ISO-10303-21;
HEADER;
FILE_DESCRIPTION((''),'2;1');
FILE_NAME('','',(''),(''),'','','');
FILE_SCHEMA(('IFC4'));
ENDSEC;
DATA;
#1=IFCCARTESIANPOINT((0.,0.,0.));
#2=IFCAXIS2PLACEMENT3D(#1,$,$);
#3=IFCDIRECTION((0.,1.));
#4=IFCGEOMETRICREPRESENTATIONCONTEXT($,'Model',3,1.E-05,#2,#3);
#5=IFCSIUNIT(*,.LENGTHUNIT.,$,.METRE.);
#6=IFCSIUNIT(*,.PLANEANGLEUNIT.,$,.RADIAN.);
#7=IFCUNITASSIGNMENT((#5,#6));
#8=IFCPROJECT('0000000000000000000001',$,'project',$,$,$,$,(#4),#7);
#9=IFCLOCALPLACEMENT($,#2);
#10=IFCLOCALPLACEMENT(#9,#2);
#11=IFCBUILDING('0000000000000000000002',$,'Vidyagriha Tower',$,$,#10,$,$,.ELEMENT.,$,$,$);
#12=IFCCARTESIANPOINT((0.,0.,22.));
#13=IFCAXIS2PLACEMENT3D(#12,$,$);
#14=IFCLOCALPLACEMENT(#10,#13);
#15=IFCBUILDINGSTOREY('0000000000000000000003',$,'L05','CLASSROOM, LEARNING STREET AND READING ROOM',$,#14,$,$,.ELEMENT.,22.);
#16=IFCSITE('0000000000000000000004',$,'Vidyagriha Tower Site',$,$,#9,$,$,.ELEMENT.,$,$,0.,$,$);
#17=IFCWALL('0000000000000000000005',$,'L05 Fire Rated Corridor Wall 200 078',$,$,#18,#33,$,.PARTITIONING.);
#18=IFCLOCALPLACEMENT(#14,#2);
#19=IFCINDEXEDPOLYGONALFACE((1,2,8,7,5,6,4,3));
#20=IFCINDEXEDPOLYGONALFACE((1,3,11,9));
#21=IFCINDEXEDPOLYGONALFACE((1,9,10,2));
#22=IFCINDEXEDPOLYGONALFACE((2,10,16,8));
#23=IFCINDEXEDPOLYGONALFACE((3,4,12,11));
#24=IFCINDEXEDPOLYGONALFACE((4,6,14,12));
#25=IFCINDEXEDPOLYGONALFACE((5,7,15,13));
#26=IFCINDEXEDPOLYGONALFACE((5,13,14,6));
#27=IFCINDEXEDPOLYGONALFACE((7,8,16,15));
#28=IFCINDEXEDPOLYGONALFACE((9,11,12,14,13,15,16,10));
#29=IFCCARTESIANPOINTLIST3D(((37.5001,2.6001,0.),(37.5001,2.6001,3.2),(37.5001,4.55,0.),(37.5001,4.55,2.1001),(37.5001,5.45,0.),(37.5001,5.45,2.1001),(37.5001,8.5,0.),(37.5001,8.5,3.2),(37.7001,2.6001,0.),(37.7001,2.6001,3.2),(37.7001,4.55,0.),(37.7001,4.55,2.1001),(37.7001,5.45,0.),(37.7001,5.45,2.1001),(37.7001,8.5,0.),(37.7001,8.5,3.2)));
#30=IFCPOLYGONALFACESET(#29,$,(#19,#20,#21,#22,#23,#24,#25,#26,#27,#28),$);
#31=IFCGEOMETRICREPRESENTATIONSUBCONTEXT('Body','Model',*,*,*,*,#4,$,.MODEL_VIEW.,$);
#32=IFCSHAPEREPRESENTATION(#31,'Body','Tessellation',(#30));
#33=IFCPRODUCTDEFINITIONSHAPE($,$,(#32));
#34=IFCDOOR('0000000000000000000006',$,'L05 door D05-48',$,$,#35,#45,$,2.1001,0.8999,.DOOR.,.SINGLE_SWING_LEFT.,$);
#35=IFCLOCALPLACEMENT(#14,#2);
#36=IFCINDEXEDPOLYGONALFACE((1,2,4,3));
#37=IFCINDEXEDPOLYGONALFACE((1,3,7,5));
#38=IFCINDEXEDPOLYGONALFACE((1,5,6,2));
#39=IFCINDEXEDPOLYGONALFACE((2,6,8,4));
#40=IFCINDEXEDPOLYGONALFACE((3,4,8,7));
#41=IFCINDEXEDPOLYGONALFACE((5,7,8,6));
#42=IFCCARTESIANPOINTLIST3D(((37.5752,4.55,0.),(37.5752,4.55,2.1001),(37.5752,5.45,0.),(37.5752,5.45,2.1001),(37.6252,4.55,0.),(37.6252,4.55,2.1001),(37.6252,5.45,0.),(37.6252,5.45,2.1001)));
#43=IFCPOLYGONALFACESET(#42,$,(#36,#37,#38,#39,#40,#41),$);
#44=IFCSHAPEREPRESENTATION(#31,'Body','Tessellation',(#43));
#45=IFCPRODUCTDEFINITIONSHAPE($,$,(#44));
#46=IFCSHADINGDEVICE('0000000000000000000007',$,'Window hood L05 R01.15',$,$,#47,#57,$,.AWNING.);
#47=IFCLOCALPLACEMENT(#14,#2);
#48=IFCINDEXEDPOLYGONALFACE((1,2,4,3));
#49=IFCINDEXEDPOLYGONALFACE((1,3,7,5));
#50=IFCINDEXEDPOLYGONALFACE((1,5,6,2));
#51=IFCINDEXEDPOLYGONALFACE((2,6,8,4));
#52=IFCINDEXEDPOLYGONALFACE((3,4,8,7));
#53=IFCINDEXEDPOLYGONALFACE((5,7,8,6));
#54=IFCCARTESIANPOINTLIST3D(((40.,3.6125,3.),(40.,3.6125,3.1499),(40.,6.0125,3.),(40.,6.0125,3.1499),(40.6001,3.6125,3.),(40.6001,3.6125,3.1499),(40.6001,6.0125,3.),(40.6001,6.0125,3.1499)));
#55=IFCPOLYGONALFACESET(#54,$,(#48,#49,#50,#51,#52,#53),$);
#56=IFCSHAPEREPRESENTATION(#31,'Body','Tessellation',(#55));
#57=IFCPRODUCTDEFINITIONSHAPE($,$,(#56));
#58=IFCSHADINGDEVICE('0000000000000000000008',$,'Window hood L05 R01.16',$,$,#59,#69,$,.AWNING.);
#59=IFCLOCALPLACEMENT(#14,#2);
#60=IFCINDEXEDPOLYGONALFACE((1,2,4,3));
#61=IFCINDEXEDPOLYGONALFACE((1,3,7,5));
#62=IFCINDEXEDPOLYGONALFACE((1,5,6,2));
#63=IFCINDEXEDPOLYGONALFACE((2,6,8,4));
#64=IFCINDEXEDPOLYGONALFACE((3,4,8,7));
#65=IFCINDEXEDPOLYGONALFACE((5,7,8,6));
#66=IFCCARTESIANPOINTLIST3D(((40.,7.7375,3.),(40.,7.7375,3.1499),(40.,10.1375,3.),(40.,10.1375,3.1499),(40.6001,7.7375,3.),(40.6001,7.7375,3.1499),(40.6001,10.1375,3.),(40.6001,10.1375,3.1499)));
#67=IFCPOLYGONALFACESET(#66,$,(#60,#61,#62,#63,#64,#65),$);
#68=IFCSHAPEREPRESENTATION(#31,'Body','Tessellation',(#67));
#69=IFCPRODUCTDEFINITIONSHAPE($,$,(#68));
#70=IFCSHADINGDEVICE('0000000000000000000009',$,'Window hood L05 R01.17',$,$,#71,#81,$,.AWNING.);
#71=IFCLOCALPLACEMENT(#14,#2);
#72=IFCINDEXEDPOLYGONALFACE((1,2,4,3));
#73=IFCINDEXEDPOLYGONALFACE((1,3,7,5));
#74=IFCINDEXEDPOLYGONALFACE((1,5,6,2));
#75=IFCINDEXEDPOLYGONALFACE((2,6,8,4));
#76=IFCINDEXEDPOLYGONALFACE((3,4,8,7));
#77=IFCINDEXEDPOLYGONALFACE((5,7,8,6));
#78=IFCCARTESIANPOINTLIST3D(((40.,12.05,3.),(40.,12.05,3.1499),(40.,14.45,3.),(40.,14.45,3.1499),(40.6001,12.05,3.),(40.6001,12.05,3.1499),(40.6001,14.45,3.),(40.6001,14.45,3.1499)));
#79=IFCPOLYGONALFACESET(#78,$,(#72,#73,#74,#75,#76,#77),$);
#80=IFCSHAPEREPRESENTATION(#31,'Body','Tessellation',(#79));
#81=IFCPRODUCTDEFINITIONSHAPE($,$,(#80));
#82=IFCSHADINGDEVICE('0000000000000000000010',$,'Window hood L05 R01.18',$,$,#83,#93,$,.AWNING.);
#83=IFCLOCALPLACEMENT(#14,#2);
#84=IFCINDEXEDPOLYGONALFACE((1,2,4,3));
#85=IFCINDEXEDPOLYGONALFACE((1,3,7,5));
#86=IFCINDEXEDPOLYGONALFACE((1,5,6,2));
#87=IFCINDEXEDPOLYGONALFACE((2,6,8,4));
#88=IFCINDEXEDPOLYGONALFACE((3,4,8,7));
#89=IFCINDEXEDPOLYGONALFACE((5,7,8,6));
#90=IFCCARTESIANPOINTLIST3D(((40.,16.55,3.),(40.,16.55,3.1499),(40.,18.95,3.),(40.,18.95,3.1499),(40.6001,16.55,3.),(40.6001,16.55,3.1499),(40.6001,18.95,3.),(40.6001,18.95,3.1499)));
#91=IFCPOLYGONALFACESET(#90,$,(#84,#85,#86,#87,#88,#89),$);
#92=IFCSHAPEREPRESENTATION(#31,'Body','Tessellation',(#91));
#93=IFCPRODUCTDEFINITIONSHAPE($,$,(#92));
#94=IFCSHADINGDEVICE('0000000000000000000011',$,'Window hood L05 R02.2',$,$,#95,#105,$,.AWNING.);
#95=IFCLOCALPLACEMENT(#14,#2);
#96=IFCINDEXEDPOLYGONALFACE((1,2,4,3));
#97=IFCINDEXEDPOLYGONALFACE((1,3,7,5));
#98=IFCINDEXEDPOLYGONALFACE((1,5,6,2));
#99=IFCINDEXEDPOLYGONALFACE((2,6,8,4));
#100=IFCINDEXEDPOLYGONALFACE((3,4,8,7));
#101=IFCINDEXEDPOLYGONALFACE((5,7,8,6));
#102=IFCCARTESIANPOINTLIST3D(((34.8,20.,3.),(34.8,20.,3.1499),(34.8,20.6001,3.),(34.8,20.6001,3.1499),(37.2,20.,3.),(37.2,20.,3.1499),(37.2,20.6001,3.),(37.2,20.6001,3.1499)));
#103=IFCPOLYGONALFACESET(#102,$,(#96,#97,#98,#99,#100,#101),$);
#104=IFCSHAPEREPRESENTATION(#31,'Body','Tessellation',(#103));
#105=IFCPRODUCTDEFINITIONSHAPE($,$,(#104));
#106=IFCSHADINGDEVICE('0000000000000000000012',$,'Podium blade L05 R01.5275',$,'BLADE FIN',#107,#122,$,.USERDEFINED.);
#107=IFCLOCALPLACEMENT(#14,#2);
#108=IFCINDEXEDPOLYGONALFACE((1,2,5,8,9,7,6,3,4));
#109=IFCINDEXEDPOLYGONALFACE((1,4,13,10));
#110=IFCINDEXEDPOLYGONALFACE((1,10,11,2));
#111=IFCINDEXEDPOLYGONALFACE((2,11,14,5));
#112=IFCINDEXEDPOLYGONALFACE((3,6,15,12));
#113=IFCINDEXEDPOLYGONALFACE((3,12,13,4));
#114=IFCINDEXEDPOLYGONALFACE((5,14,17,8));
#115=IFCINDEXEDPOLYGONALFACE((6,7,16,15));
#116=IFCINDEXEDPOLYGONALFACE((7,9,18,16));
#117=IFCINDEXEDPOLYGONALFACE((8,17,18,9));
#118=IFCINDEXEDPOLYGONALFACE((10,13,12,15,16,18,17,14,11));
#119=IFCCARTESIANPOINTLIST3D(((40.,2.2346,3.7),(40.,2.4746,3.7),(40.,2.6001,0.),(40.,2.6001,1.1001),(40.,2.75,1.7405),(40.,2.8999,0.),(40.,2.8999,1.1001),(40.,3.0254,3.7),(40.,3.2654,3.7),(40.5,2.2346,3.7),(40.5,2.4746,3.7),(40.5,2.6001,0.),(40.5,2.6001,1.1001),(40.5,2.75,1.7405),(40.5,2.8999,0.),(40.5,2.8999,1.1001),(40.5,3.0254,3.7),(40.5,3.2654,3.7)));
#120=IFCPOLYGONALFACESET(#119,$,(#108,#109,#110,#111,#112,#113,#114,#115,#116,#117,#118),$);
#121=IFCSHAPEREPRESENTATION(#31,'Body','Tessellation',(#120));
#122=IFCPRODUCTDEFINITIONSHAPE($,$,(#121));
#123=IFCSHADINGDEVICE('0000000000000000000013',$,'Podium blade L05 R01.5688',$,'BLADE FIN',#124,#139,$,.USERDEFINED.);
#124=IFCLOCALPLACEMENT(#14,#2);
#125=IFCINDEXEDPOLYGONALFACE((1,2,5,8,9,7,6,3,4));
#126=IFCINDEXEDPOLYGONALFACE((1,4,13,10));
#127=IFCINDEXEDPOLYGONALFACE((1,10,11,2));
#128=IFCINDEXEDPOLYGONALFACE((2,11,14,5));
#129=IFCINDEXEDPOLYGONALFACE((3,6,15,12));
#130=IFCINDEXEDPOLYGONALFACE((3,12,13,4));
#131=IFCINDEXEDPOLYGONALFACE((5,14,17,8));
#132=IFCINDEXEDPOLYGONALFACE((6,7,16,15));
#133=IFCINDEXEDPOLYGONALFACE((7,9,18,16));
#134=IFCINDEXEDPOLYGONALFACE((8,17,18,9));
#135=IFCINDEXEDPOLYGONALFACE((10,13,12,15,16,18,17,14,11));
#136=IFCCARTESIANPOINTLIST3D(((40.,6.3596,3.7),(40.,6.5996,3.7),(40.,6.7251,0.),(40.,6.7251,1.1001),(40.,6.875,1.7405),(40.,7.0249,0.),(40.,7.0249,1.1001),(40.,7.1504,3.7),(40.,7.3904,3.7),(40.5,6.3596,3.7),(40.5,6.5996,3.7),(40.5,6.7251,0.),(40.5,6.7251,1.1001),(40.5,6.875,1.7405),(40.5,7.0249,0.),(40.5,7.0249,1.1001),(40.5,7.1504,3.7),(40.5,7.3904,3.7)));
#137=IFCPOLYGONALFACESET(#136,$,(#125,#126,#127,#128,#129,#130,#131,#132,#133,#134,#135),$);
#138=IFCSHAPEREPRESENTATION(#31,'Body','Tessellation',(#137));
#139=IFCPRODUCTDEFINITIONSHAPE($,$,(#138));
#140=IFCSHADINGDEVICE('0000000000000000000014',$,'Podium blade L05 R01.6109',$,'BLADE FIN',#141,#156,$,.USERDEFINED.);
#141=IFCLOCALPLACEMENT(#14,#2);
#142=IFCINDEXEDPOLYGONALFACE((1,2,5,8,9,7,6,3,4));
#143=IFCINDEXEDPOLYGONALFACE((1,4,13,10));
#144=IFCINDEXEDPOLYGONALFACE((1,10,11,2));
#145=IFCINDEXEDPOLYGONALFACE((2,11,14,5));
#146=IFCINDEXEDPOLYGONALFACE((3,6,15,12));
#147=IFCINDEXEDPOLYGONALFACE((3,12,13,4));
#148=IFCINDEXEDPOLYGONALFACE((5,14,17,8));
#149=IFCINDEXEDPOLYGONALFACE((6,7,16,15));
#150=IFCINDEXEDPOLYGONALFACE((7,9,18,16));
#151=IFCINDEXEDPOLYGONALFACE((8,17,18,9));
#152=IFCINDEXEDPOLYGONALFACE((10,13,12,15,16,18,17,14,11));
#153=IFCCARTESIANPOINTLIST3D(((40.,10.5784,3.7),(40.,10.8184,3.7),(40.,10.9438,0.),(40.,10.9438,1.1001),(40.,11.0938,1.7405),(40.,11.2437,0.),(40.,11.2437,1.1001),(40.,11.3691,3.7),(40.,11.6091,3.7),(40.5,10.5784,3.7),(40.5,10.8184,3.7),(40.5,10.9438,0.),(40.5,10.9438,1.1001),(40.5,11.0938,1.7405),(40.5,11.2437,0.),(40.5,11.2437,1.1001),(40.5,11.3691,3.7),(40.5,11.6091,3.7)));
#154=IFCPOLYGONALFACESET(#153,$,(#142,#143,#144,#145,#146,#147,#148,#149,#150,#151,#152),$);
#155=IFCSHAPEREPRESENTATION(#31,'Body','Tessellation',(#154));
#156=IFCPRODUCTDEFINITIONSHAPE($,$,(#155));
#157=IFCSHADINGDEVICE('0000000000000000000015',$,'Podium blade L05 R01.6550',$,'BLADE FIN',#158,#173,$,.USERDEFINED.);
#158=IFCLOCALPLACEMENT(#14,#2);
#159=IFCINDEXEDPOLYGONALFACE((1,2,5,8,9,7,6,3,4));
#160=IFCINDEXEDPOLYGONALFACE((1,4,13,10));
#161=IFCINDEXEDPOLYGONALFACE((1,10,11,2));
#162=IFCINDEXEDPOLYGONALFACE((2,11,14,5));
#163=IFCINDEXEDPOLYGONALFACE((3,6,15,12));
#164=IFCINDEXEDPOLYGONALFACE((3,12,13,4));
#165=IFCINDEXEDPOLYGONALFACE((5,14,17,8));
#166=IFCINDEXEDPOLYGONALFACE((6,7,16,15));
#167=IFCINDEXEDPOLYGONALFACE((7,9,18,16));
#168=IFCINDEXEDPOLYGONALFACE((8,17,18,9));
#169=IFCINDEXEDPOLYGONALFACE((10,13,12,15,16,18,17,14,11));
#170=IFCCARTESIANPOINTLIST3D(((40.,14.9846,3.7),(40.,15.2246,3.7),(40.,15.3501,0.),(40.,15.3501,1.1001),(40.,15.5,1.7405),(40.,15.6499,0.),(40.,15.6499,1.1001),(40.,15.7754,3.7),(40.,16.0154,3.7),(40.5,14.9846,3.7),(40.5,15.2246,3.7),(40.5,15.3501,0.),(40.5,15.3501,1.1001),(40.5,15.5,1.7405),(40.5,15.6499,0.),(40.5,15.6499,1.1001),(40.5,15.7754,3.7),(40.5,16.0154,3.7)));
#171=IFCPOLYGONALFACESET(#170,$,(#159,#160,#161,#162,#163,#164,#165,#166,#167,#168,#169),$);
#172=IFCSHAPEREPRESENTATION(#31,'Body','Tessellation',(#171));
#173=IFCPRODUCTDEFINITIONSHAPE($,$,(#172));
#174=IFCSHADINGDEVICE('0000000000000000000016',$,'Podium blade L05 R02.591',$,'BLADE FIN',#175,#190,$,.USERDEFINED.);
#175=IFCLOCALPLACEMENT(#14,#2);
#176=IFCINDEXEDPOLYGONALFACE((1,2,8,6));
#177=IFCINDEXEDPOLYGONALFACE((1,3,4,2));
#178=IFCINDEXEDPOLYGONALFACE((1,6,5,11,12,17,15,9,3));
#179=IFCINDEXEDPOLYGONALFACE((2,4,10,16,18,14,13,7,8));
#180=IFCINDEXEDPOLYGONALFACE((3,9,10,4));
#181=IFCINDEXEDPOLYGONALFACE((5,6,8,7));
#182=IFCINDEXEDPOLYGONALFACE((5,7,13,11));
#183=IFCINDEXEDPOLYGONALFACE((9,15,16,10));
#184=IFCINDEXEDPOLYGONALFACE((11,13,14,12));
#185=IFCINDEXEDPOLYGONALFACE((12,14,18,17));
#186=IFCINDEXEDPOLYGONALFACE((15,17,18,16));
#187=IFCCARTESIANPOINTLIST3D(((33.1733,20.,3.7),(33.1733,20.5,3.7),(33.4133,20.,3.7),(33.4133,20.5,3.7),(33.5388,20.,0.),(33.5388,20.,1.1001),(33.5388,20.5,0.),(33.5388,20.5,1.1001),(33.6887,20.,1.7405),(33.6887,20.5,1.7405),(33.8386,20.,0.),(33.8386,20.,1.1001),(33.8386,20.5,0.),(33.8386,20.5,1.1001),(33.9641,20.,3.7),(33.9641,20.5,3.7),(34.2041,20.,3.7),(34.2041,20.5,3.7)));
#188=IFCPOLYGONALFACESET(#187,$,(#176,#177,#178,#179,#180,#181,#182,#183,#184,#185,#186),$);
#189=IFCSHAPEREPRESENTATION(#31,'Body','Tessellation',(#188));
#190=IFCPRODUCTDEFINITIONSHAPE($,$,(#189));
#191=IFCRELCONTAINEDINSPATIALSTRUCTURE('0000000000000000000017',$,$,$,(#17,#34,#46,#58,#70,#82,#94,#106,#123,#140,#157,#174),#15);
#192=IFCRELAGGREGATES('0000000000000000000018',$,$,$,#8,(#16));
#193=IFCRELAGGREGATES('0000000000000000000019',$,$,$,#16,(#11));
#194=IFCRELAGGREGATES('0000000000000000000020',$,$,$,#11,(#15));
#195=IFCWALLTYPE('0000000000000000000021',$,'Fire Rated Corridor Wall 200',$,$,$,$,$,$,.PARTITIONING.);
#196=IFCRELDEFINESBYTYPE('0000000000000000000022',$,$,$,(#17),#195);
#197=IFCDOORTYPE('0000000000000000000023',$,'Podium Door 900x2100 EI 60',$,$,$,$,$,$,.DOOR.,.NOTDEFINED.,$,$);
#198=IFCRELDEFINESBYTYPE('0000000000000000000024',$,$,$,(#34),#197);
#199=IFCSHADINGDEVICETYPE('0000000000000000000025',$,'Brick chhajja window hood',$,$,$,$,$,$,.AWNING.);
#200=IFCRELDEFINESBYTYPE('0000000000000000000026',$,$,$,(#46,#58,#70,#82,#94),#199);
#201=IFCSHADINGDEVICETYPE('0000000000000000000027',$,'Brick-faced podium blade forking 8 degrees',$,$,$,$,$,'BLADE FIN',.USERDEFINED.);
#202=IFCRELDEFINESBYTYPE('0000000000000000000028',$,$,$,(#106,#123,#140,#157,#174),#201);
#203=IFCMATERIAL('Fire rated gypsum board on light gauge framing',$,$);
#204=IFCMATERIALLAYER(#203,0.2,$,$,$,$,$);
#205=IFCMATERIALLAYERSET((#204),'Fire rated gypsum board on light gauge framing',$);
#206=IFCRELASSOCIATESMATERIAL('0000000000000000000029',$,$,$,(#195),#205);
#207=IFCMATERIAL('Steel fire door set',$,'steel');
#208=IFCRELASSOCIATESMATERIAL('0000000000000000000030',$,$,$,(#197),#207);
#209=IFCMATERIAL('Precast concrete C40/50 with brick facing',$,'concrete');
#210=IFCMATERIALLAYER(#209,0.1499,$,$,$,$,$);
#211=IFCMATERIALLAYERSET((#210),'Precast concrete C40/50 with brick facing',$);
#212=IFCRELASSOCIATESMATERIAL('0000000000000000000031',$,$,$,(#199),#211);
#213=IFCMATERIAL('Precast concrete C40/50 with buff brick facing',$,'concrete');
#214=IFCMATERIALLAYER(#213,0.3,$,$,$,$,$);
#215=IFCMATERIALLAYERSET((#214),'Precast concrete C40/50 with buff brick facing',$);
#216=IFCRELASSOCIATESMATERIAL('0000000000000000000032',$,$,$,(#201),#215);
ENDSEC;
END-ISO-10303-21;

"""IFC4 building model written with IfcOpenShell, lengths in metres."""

from ifc_helpers import new_model, si_unit, direction, frame, frame_2d, origin, origin_2d, place, context, subcontext, project, spatial, polyline, rectangle, outline, extrude, material, layer, layer_set, type_object, element, fill, save


model = new_model("IFC4")

# Units and contexts
model_context = context("Model", 3, precision=1e-05, world=origin(), true_north=direction((0.0, 1.0)))
body_context = subcontext(model_context, "Body", "Model", "MODEL_VIEW")
ifc_project = project(units=[si_unit("LENGTHUNIT", "METRE"), si_unit("PLANEANGLEUNIT", "RADIAN")], contexts=[model_context])

# Site, building, storey
site_placement = place(None, origin())
site = spatial("IfcSite", under=ifc_project, at=site_placement, Name="Vidyagriha Tower Site", CompositionType="ELEMENT", RefElevation=0.0)
building_placement = place(site_placement, origin())
building = spatial("IfcBuilding", under=site, at=building_placement, Name="Vidyagriha Tower", CompositionType="ELEMENT")
storey_placement = place(building_placement, frame((0.0, 0.0, 22.0)))
storey = spatial("IfcBuildingStorey", under=building, at=storey_placement, Name="L05", Description="CLASSROOM, LEARNING STREET AND READING ROOM", CompositionType="ELEMENT", Elevation=22.0)

# Shared definitions
ifc_material_1 = material(Name="Fire rated gypsum board on light gauge framing")
ifc_layer_1 = layer(ifc_material_1, 0.2)
ifc_layer_set_1 = layer_set([ifc_layer_1], Name="Fire rated gypsum board on light gauge framing")
wall_type_1 = type_object("IfcWallType", Name="Fire Rated Corridor Wall 200", PredefinedType="PARTITIONING", material=ifc_layer_set_1)

# Wall, opening, door
wall_1_placement = place(storey_placement, frame((37.6001, 2.6001, 0.0), z_axis=(0.0, 0.0, 1.0), x_axis=(0.0, 1.0, 0.0)))
wall_1 = element("IfcWall", 1, at=wall_1_placement, inside=storey, type_object=wall_type_1, Name="L05 Fire Rated Corridor Wall 200 078", PredefinedType="PARTITIONING", context=body_context, shape_type="SweptSolid", body=[
    extrude(rectangle(XDim=5.8999, YDim=0.2, at=frame_2d((2.95, 0.0))), origin(), (0.0, 0.0, 1.0), 3.2),
])
opening_1_placement = place(wall_1_placement, frame((1.95, 0.0, 0.0)))
opening_1 = element("IfcOpeningElement", 2, at=opening_1_placement, cuts=wall_1, PredefinedType="OPENING", context=body_context, shape_type="SweptSolid", body=[
    extrude(rectangle(XDim=0.8999, YDim=2.1001, at=frame_2d((0.45, 1.05))), frame((0.0, 0.1099, 0.0), z_axis=(0.0, -1.0, 0.0), x_axis=(1.0, 0.0, 0.0)), (0.0, 0.0, 1.0), 0.22),
])
ifc_material_2 = material(Name="Steel fire door set", Category="steel")
door_type = type_object("IfcDoorType", Name="Podium Door 900x2100 EI 60", OperationType="NOTDEFINED", PredefinedType="DOOR", material=ifc_material_2)
door_placement = place(opening_1_placement, origin())
door = element("IfcDoor", 3, at=door_placement, inside=storey, type_object=door_type, Name="L05 door D05-48", OperationType="SINGLE_SWING_LEFT", OverallHeight=2.1001, OverallWidth=0.8999, PredefinedType="DOOR", context=body_context, shape_type="SweptSolid", body=[
    extrude(rectangle(XDim=0.8999, YDim=2.1001, at=frame_2d((0.45, 1.05))), frame((0.0, 0.0249, 0.0), z_axis=(0.0, -1.0, 0.0), x_axis=(1.0, 0.0, 0.0)), (0.0, 0.0, 1.0), 0.05),
])
fill(opening_1, door)

# Shading devices
ifc_material_3 = material(Name="Precast concrete C40/50 with brick facing", Category="concrete")
ifc_layer_2 = layer(ifc_material_3, 0.1499)
ifc_layer_set_2 = layer_set([ifc_layer_2], Name="Precast concrete C40/50 with brick facing")
shading_device_type_1 = type_object("IfcShadingDeviceType", Name="Brick chhajja window hood", PredefinedType="AWNING", material=ifc_layer_set_2)
for number, where, z_axis, x_axis, name in (
    (4, (40.3, 4.8125, 3.0), (0.0, 0.0, 1.0), (0.0, 1.0, 0.0), "Window hood L05 R01.15"),
    (5, (40.3, 8.9375, 3.0), (0.0, 0.0, 1.0), (0.0, 1.0, 0.0), "Window hood L05 R01.16"),
    (6, (40.3, 13.25, 3.0), (0.0, 0.0, 1.0), (0.0, 1.0, 0.0), "Window hood L05 R01.17"),
    (7, (40.3, 17.75, 3.0), (0.0, 0.0, 1.0), (0.0, 1.0, 0.0), "Window hood L05 R01.18"),
    (8, (36.0, 20.3, 3.0), (0.0, 0.0, 1.0), (-1.0, 0.0, 0.0), "Window hood L05 R02.2"),
):
    element("IfcShadingDevice", number, at=place(storey_placement, frame(where, z_axis=z_axis, x_axis=x_axis)), inside=storey, type_object=shading_device_type_1, Name=name, PredefinedType="AWNING", context=body_context, shape_type="SweptSolid", body=[
        extrude(rectangle(XDim=2.3999, YDim=0.6001, at=origin_2d()), origin(), (0.0, 0.0, 1.0), 0.1499),
    ])
ifc_material_4 = material(Name="Precast concrete C40/50 with buff brick facing", Category="concrete")
ifc_layer_3 = layer(ifc_material_4, 0.3)
ifc_layer_set_3 = layer_set([ifc_layer_3], Name="Precast concrete C40/50 with buff brick facing")
shading_device_type_2 = type_object("IfcShadingDeviceType", Name="Brick-faced podium blade forking 8 degrees", ElementType="BLADE FIN", PredefinedType="USERDEFINED", material=ifc_layer_set_3)
for number, where, z_axis, x_axis, name in (
    (9, (40.25, 2.2346, 0.0), (0.0, 0.0, 1.0), (0.0, 1.0, 0.0), "Podium blade L05 R01.5275"),
    (10, (40.25, 6.3596, 0.0), (0.0, 0.0, 1.0), (0.0, 1.0, 0.0), "Podium blade L05 R01.5688"),
    (11, (40.25, 10.5784, 0.0), (0.0, 0.0, 1.0), (0.0, 1.0, 0.0), "Podium blade L05 R01.6109"),
    (12, (40.25, 14.9846, 0.0), (0.0, 0.0, 1.0), (0.0, 1.0, 0.0), "Podium blade L05 R01.6550"),
    (13, (34.2041, 20.25, 0.0), (0.0, 0.0, 1.0), (-1.0, 0.0, 0.0), "Podium blade L05 R02.591"),
):
    element("IfcShadingDevice", number, at=place(storey_placement, frame(where, z_axis=z_axis, x_axis=x_axis)), inside=storey, type_object=shading_device_type_2, Name=name, ObjectType="BLADE FIN", PredefinedType="USERDEFINED", context=body_context, shape_type="SweptSolid", body=[
        extrude(outline(polyline([(0.6653, 0.0), (0.6653, 1.1001), (1.0308, 3.7), (0.7908, 3.7), (0.5154, 1.7405), (0.24, 3.7), (0.0, 3.7), (0.3655, 1.1001), (0.3655, 0.0), (0.6653, 0.0)])), frame((0.0, 0.25, 0.0), z_axis=(0.0, -1.0, 0.0), x_axis=(1.0, 0.0, 0.0)), (0.0, 0.0, 1.0), 0.5),
    ])

save(model, "model.ifc")
